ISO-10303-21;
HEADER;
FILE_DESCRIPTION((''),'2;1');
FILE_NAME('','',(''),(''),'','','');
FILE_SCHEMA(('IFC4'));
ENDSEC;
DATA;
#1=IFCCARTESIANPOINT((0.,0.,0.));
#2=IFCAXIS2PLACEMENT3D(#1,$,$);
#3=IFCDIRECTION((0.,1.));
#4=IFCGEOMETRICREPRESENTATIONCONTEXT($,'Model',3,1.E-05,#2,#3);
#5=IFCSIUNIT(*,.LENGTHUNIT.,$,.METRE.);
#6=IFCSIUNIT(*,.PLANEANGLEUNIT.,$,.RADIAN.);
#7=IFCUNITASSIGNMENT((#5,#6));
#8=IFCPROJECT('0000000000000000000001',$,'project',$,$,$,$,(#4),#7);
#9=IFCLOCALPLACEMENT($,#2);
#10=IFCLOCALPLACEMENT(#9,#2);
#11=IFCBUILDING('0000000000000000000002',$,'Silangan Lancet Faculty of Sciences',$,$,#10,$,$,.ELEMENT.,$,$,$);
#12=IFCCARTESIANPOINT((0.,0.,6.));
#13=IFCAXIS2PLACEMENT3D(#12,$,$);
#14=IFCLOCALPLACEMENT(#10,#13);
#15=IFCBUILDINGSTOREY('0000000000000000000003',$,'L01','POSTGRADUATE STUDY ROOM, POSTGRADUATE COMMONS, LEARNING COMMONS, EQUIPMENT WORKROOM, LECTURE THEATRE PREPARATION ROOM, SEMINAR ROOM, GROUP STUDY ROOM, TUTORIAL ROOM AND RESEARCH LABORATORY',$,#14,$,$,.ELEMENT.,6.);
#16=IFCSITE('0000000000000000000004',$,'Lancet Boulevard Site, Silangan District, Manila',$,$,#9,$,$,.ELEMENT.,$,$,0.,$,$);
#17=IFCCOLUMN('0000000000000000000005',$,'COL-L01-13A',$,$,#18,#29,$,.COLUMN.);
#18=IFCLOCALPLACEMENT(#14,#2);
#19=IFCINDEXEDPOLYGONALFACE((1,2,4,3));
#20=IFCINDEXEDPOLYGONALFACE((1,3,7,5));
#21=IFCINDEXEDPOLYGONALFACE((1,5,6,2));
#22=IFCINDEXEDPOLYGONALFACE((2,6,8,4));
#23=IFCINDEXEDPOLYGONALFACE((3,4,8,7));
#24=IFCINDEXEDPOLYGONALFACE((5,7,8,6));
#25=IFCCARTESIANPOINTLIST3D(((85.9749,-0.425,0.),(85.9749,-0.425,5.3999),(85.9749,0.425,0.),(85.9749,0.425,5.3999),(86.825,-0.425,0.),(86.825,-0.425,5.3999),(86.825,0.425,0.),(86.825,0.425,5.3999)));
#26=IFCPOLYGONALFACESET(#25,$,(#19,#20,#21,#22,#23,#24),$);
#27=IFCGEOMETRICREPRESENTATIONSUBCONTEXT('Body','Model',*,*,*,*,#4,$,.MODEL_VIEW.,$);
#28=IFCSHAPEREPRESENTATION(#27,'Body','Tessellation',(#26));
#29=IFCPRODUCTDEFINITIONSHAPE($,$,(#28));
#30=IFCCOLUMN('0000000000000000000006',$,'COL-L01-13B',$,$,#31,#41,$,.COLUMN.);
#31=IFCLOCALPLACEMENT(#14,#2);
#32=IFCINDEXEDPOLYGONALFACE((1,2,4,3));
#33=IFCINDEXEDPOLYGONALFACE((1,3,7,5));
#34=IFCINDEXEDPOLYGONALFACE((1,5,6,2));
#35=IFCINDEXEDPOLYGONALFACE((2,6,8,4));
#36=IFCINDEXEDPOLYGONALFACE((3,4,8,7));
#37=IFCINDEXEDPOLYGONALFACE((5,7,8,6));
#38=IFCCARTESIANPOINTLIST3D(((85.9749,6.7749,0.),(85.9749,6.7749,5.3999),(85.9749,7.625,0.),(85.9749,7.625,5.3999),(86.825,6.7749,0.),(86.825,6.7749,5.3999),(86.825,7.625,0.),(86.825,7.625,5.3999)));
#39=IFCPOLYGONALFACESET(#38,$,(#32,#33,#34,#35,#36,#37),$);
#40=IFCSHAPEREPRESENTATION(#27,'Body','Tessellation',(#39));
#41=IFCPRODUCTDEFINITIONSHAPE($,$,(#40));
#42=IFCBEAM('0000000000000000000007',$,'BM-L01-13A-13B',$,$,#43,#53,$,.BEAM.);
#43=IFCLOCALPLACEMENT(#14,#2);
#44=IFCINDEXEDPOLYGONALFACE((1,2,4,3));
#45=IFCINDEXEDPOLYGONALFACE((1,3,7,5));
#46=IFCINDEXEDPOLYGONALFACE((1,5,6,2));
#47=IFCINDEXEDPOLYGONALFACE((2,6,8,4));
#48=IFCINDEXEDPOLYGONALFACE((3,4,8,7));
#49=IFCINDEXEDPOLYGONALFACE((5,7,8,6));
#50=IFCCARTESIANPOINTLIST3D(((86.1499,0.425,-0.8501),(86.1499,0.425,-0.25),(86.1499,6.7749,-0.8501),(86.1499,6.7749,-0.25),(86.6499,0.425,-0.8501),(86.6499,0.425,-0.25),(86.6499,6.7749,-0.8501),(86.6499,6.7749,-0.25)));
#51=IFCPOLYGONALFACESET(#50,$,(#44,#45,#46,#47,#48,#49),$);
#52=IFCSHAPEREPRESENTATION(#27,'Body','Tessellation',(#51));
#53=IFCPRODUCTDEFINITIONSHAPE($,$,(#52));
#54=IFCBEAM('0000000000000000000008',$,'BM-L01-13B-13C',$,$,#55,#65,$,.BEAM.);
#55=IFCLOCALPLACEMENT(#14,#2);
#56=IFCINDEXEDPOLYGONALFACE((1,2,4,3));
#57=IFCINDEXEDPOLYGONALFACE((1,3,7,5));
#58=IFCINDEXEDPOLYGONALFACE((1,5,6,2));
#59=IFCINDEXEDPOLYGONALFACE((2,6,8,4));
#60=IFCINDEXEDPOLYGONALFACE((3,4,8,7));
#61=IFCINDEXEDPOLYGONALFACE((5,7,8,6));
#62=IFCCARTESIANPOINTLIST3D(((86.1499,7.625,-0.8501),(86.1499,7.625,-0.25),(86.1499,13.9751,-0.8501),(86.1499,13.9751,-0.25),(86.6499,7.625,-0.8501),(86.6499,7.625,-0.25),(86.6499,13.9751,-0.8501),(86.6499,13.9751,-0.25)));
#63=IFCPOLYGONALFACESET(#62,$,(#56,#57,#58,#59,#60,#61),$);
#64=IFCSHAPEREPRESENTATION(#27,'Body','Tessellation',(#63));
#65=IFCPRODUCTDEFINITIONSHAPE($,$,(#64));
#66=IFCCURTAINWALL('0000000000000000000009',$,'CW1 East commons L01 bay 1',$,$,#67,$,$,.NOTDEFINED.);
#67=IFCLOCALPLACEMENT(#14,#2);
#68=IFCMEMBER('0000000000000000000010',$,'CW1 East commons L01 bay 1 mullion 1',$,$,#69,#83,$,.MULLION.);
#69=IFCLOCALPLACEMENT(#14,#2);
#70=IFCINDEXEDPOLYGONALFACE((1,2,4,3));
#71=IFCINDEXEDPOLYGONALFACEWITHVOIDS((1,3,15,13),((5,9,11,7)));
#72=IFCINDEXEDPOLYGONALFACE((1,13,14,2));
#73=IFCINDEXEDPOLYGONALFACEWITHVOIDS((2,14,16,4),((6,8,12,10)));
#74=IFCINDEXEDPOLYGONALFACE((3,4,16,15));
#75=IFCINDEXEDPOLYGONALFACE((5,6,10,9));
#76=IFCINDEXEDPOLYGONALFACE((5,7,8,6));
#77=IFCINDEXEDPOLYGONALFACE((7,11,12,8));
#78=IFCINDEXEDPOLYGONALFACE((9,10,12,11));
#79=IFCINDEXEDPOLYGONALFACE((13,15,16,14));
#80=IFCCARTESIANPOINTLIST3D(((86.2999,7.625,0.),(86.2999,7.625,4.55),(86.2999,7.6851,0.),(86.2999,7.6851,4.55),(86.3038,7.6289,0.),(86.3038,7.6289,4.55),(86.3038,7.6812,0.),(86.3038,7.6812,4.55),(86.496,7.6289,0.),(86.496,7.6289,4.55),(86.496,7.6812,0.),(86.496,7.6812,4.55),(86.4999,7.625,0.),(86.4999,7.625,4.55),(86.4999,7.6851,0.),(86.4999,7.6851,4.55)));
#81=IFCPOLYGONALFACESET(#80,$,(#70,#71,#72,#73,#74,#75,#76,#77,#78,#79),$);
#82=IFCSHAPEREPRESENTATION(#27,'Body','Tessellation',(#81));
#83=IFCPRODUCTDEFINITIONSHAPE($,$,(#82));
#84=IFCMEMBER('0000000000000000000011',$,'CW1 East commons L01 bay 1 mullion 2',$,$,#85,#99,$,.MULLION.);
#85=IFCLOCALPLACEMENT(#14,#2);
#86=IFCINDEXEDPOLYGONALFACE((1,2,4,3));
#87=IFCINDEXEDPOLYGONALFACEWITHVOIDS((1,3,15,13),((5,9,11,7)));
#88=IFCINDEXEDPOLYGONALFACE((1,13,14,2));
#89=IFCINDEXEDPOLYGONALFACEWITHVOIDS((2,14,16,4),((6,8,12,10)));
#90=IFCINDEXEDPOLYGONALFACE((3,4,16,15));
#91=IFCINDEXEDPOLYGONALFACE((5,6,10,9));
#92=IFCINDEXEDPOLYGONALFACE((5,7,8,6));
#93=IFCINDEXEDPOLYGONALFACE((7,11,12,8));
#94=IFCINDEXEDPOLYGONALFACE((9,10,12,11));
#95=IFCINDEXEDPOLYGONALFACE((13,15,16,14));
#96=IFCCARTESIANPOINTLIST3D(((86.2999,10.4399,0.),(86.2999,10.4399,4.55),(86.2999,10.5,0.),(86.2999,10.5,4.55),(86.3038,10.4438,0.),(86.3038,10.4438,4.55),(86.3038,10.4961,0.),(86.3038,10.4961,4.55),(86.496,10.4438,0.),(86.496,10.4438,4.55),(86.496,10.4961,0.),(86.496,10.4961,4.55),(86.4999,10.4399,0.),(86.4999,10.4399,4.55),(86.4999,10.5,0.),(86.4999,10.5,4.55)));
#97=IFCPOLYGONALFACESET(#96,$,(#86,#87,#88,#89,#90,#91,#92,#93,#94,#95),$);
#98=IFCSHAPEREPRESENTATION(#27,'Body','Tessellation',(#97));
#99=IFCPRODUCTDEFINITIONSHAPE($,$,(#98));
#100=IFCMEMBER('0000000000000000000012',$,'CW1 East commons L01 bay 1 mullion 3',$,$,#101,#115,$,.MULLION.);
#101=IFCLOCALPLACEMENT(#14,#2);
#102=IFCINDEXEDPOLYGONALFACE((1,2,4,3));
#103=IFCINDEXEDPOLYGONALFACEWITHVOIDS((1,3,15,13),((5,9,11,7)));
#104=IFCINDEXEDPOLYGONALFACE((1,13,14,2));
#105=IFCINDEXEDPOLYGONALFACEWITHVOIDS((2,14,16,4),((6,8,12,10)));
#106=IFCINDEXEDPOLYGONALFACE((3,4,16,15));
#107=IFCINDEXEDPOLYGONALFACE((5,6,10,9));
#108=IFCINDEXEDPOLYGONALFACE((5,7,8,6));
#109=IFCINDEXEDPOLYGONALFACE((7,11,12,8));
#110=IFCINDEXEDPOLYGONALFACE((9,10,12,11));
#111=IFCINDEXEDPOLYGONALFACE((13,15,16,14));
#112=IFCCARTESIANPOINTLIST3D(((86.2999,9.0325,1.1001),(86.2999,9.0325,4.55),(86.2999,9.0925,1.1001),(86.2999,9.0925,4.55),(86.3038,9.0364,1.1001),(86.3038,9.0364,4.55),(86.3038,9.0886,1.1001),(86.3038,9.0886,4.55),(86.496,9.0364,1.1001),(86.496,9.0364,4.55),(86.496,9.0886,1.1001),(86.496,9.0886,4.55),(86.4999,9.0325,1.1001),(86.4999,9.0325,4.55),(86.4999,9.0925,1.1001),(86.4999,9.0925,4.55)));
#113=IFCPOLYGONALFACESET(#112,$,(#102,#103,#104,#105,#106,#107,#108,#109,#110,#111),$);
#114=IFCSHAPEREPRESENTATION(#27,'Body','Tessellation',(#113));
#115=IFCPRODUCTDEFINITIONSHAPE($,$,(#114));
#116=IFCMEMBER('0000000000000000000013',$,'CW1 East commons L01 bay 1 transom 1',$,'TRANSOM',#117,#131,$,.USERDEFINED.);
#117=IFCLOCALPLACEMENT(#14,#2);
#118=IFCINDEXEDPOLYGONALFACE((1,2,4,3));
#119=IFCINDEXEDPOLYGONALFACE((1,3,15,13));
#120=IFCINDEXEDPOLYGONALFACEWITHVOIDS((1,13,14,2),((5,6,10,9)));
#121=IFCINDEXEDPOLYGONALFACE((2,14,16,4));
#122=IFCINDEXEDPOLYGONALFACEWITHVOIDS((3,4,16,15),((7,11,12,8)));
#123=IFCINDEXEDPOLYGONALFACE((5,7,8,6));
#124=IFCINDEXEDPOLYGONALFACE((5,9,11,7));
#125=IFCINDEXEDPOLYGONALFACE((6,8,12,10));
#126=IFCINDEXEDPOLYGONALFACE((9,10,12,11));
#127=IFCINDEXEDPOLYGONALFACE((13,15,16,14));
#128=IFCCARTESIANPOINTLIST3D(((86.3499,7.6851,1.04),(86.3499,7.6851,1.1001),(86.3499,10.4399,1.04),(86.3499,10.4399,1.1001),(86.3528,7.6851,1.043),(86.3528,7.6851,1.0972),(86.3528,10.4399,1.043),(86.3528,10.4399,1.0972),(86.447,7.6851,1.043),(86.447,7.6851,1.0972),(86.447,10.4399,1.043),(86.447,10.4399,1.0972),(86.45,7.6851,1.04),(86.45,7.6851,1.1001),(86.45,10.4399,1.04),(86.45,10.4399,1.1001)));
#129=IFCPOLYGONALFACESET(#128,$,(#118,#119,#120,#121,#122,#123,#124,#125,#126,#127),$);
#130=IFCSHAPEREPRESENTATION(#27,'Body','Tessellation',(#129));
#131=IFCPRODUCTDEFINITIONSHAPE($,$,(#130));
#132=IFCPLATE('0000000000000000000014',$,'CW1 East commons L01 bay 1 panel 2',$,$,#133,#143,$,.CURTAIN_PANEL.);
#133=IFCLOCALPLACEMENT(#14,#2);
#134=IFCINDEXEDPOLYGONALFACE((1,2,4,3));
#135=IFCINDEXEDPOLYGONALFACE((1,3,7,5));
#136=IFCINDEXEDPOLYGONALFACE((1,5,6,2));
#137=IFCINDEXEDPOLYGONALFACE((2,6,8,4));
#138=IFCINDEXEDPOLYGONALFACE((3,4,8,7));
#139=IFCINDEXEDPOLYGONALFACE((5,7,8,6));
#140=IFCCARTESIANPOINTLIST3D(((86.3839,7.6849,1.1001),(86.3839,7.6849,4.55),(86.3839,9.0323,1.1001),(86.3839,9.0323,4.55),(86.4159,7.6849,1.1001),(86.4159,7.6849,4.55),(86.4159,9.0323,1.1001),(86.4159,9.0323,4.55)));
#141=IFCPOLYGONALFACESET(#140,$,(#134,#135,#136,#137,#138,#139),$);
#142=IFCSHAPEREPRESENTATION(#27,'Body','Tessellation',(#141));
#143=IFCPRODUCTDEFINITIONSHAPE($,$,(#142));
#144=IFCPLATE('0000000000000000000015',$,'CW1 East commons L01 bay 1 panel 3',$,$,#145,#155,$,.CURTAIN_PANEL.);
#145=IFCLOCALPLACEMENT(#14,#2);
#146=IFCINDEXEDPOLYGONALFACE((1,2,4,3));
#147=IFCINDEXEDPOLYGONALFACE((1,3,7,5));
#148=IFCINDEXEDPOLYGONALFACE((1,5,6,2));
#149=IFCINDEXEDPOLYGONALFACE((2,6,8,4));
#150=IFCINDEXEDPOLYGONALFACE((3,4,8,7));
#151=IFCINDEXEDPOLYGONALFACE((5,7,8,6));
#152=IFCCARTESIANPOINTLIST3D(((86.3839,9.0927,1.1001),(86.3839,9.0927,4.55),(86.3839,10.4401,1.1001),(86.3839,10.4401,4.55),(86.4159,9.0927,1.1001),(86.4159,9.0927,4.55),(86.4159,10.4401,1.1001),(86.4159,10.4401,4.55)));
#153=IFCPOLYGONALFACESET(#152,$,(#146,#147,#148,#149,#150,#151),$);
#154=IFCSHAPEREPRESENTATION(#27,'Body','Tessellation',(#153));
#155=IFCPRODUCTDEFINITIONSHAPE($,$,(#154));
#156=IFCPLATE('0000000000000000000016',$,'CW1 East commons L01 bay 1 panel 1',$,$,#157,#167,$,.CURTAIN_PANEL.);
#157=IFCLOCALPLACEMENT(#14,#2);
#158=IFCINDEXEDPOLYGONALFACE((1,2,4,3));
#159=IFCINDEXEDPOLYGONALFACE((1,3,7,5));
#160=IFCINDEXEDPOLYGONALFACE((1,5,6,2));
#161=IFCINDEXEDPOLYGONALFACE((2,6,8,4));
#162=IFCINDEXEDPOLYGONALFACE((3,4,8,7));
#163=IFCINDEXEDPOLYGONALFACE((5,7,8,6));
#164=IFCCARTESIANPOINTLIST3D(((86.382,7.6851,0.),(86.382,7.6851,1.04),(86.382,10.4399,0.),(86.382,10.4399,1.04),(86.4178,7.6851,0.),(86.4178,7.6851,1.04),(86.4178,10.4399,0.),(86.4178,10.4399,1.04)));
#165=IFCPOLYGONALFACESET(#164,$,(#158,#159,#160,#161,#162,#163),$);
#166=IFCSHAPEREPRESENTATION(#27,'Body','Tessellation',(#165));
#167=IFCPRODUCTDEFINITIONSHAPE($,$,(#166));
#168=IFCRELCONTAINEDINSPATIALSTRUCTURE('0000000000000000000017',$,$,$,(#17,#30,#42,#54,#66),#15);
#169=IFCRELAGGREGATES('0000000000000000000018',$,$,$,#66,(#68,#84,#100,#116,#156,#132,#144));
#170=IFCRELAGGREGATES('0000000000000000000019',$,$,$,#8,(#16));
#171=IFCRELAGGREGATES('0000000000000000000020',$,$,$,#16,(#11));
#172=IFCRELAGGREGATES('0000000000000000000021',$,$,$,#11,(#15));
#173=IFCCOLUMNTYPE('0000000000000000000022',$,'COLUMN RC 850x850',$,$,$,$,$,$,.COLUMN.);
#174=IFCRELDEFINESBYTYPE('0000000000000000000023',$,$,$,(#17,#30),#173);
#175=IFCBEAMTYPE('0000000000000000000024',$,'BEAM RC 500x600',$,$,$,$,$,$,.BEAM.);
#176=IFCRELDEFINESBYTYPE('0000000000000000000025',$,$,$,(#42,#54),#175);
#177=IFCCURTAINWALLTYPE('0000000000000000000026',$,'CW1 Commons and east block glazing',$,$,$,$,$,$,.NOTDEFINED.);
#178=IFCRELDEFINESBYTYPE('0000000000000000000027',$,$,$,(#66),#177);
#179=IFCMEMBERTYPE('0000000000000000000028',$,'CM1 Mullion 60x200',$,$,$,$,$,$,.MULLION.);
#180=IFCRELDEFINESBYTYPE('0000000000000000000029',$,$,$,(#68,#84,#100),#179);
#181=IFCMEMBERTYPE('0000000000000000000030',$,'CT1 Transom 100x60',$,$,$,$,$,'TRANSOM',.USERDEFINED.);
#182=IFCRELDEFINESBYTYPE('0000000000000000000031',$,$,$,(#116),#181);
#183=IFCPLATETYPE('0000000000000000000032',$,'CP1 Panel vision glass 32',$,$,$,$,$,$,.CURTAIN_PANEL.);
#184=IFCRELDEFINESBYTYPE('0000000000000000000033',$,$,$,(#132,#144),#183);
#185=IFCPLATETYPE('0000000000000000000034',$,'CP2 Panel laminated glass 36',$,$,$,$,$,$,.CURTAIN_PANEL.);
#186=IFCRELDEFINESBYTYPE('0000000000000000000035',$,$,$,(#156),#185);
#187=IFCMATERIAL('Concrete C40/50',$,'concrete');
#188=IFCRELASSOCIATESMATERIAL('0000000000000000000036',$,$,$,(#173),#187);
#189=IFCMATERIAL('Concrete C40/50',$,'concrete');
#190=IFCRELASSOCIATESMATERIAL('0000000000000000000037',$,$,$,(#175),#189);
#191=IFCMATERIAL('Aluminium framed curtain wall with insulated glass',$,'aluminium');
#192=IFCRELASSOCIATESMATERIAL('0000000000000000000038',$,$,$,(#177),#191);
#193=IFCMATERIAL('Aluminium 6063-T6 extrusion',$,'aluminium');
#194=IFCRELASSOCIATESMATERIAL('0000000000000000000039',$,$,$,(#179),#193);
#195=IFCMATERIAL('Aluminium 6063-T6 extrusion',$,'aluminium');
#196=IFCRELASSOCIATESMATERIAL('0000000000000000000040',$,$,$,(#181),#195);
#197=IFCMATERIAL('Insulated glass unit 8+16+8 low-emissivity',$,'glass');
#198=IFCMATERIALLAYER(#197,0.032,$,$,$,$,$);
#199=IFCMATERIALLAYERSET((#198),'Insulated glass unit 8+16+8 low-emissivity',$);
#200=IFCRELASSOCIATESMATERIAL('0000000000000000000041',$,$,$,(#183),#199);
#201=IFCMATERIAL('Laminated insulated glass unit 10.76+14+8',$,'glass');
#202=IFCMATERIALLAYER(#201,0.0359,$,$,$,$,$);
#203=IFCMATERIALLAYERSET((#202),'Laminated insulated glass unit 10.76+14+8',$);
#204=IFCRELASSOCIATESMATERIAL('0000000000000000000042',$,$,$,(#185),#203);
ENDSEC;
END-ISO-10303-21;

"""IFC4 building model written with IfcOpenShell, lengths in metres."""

from ifc_helpers import new_model, si_unit, direction, frame, origin, origin_2d, place, context, subcontext, project, spatial, rectangle, hollow_rectangle, extrude, material, layer, layer_set, material_profile, profile_set, type_object, element, aggregate, save


model = new_model("IFC4")

# Units and contexts
model_context = context("Model", 3, precision=1e-05, world=origin(), true_north=direction((0.0, 1.0)))
body_context = subcontext(model_context, "Body", "Model", "MODEL_VIEW")
ifc_project = project(units=[si_unit("LENGTHUNIT", "METRE"), si_unit("PLANEANGLEUNIT", "RADIAN")], contexts=[model_context])

# Site, building, storey
site_placement = place(None, origin())
site = spatial("IfcSite", under=ifc_project, at=site_placement, Name="Lancet Boulevard Site, Silangan District, Manila", CompositionType="ELEMENT", RefElevation=0.0)
building_placement = place(site_placement, origin())
building = spatial("IfcBuilding", under=site, at=building_placement, Name="Silangan Lancet Faculty of Sciences", CompositionType="ELEMENT")
storey_placement = place(building_placement, frame((0.0, 0.0, 6.0)))
storey = spatial("IfcBuildingStorey", under=building, at=storey_placement, Name="L01", Description="POSTGRADUATE STUDY ROOM, POSTGRADUATE COMMONS, LEARNING COMMONS, EQUIPMENT WORKROOM, LECTURE THEATRE PREPARATION ROOM, SEMINAR ROOM, GROUP STUDY ROOM, TUTORIAL ROOM AND RESEARCH LABORATORY", CompositionType="ELEMENT", Elevation=6.0)

# Columns
ifc_material_1 = material(Name="Concrete C40/50", Category="concrete")
ifc_material_profile_1 = material_profile(ifc_material_1, rectangle(XDim=0.8501, YDim=0.8501, at=origin_2d()), Name="RC 850x850")
ifc_profile_set_1 = profile_set([ifc_material_profile_1], Name="Concrete C40/50")
column_type = type_object("IfcColumnType", Name="COLUMN RC 850x850", PredefinedType="COLUMN", material=ifc_profile_set_1)
for number, where, z_axis, x_axis, name in (
    (1, (86.3999, 0.0, 0.0), (0.0, 0.0, 1.0), (1.0, 0.0, 0.0), "COL-L01-13A"),
    (2, (86.3999, 7.2, 0.0), (0.0, 0.0, 1.0), (1.0, 0.0, 0.0), "COL-L01-13B"),
):
    element("IfcColumn", number, at=place(storey_placement, frame(where, z_axis=z_axis, x_axis=x_axis)), inside=storey, type_object=column_type, Name=name, PredefinedType="COLUMN", context=body_context, shape_type="SweptSolid", body=[
        extrude(rectangle(XDim=0.8501, YDim=0.8501, at=origin_2d()), origin(), (0.0, 0.0, 1.0), 5.3999),
    ])

# Beams
ifc_material_2 = material(Name="Concrete C40/50", Category="concrete")
ifc_material_profile_2 = material_profile(ifc_material_2, rectangle(XDim=0.5, YDim=0.6001, at=origin_2d()), Name="RC 500x600")
ifc_profile_set_2 = profile_set([ifc_material_profile_2], Name="Concrete C40/50")
beam_type = type_object("IfcBeamType", Name="BEAM RC 500x600", PredefinedType="BEAM", material=ifc_profile_set_2)
beam_1_placement = place(storey_placement, frame((86.3999, 0.425, -0.55), z_axis=(0.0, 1.0, 0.0), x_axis=(-1.0, 0.0, 0.0)))
element("IfcBeam", 3, at=beam_1_placement, inside=storey, type_object=beam_type, Name="BM-L01-13A-13B", PredefinedType="BEAM", context=body_context, shape_type="SweptSolid", body=[
    extrude(rectangle(XDim=0.5, YDim=0.6001, at=origin_2d()), origin(), (0.0, 0.0, 1.0), 6.3499),
])
beam_2_placement = place(storey_placement, frame((86.3999, 7.625, -0.55), z_axis=(0.0, 1.0, 0.0), x_axis=(-1.0, 0.0, 0.0)))
element("IfcBeam", 4, at=beam_2_placement, inside=storey, type_object=beam_type, Name="BM-L01-13B-13C", PredefinedType="BEAM", context=body_context, shape_type="SweptSolid", body=[
    extrude(rectangle(XDim=0.5, YDim=0.6001, at=origin_2d()), origin(), (0.0, 0.0, 1.0), 6.3501),
])

# Curtain wall, members, plates
ifc_material_3 = material(Name="Aluminium framed curtain wall with insulated glass", Category="aluminium")
curtain_wall_type = type_object("IfcCurtainWallType", Name="CW1 Commons and east block glazing", PredefinedType="NOTDEFINED", material=ifc_material_3)
curtain_wall_placement = place(storey_placement, origin())
curtain_wall = element("IfcCurtainWall", 5, at=curtain_wall_placement, inside=storey, type_object=curtain_wall_type, Name="CW1 East commons L01 bay 1", PredefinedType="NOTDEFINED")
ifc_material_4 = material(Name="Aluminium 6063-T6 extrusion", Category="aluminium")
ifc_material_profile_3 = material_profile(ifc_material_4, hollow_rectangle(XDim=0.0601, YDim=0.2, WallThickness=0.0039, at=origin_2d()), Name="AL BOX 60x200x4")
ifc_profile_set_3 = profile_set([ifc_material_profile_3], Name="Aluminium 6063-T6 extrusion")
member_type_1 = type_object("IfcMemberType", Name="CM1 Mullion 60x200", PredefinedType="MULLION", material=ifc_profile_set_3)
member_1_placement = place(storey_placement, frame((86.3999, 7.655, 0.0), z_axis=(0.0, 0.0, 1.0), x_axis=(0.0, 1.0, 0.0)))
member_1 = element("IfcMember", 6, at=member_1_placement, type_object=member_type_1, Name="CW1 East commons L01 bay 1 mullion 1", PredefinedType="MULLION", context=body_context, shape_type="SweptSolid", body=[
    extrude(hollow_rectangle(XDim=0.0601, YDim=0.2, WallThickness=0.0039, at=origin_2d()), origin(), (0.0, 0.0, 1.0), 4.55),
])
member_2_placement = place(storey_placement, frame((86.3999, 10.47, 0.0), z_axis=(0.0, 0.0, 1.0), x_axis=(0.0, 1.0, 0.0)))
member_2 = element("IfcMember", 7, at=member_2_placement, type_object=member_type_1, Name="CW1 East commons L01 bay 1 mullion 2", PredefinedType="MULLION", context=body_context, shape_type="SweptSolid", body=[
    extrude(hollow_rectangle(XDim=0.0601, YDim=0.2, WallThickness=0.0039, at=origin_2d()), origin(), (0.0, 0.0, 1.0), 4.55),
])
member_3_placement = place(storey_placement, frame((86.3999, 9.0625, 1.1001), z_axis=(0.0, 0.0, 1.0), x_axis=(0.0, 1.0, 0.0)))
member_3 = element("IfcMember", 8, at=member_3_placement, type_object=member_type_1, Name="CW1 East commons L01 bay 1 mullion 3", PredefinedType="MULLION", context=body_context, shape_type="SweptSolid", body=[
    extrude(hollow_rectangle(XDim=0.0601, YDim=0.2, WallThickness=0.0039, at=origin_2d()), origin(), (0.0, 0.0, 1.0), 3.45),
])
ifc_material_5 = material(Name="Aluminium 6063-T6 extrusion", Category="aluminium")
ifc_material_profile_4 = material_profile(ifc_material_5, hollow_rectangle(XDim=0.1001, YDim=0.0601, WallThickness=0.0029, at=origin_2d()), Name="AL BOX 100x60x3")
ifc_profile_set_4 = profile_set([ifc_material_profile_4], Name="Aluminium 6063-T6 extrusion")
member_type_2 = type_object("IfcMemberType", Name="CT1 Transom 100x60", ElementType="TRANSOM", PredefinedType="USERDEFINED", material=ifc_profile_set_4)
member_4_placement = place(storey_placement, frame((86.3999, 7.6851, 1.0701), z_axis=(0.0, 1.0, 0.0), x_axis=(-1.0, 0.0, 0.0)))
member_4 = element("IfcMember", 9, at=member_4_placement, type_object=member_type_2, Name="CW1 East commons L01 bay 1 transom 1", ObjectType="TRANSOM", PredefinedType="USERDEFINED", context=body_context, shape_type="SweptSolid", body=[
    extrude(hollow_rectangle(XDim=0.1001, YDim=0.0601, WallThickness=0.0029, at=origin_2d()), origin(), (0.0, 0.0, 1.0), 2.7549),
])
ifc_material_6 = material(Name="Insulated glass unit 8+16+8 low-emissivity", Category="glass")
ifc_layer_1 = layer(ifc_material_6, 0.032)
ifc_layer_set_1 = layer_set([ifc_layer_1], Name="Insulated glass unit 8+16+8 low-emissivity")
plate_type_1 = type_object("IfcPlateType", Name="CP1 Panel vision glass 32", PredefinedType="CURTAIN_PANEL", material=ifc_layer_set_1)
plate_1_placement = place(storey_placement, frame((86.3999, 8.3586, 1.1001), z_axis=(0.0, 0.0, 1.0), x_axis=(0.0, 1.0, 0.0)))
plate_1 = element("IfcPlate", 10, at=plate_1_placement, type_object=plate_type_1, Name="CW1 East commons L01 bay 1 panel 2", PredefinedType="CURTAIN_PANEL", context=body_context, shape_type="SweptSolid", body=[
    extrude(rectangle(XDim=1.3474, YDim=0.032, at=origin_2d()), origin(), (0.0, 0.0, 1.0), 3.45),
])
plate_2_placement = place(storey_placement, frame((86.3999, 9.7664, 1.1001), z_axis=(0.0, 0.0, 1.0), x_axis=(0.0, 1.0, 0.0)))
plate_2 = element("IfcPlate", 11, at=plate_2_placement, type_object=plate_type_1, Name="CW1 East commons L01 bay 1 panel 3", PredefinedType="CURTAIN_PANEL", context=body_context, shape_type="SweptSolid", body=[
    extrude(rectangle(XDim=1.3474, YDim=0.032, at=origin_2d()), origin(), (0.0, 0.0, 1.0), 3.45),
])
ifc_material_7 = material(Name="Laminated insulated glass unit 10.76+14+8", Category="glass")
ifc_layer_2 = layer(ifc_material_7, 0.0359)
ifc_layer_set_2 = layer_set([ifc_layer_2], Name="Laminated insulated glass unit 10.76+14+8")
plate_type_2 = type_object("IfcPlateType", Name="CP2 Panel laminated glass 36", PredefinedType="CURTAIN_PANEL", material=ifc_layer_set_2)
plate_3_placement = place(storey_placement, frame((86.3999, 9.0625, 0.0), z_axis=(0.0, 0.0, 1.0), x_axis=(0.0, 1.0, 0.0)))
plate_3 = element("IfcPlate", 12, at=plate_3_placement, type_object=plate_type_2, Name="CW1 East commons L01 bay 1 panel 1", PredefinedType="CURTAIN_PANEL", context=body_context, shape_type="SweptSolid", body=[
    extrude(rectangle(XDim=2.7549, YDim=0.0359, at=origin_2d()), origin(), (0.0, 0.0, 1.0), 1.04),
])
aggregate(curtain_wall, [member_1, member_2, member_3, member_4, plate_3, plate_1, plate_2])

save(model, "model.ifc")
